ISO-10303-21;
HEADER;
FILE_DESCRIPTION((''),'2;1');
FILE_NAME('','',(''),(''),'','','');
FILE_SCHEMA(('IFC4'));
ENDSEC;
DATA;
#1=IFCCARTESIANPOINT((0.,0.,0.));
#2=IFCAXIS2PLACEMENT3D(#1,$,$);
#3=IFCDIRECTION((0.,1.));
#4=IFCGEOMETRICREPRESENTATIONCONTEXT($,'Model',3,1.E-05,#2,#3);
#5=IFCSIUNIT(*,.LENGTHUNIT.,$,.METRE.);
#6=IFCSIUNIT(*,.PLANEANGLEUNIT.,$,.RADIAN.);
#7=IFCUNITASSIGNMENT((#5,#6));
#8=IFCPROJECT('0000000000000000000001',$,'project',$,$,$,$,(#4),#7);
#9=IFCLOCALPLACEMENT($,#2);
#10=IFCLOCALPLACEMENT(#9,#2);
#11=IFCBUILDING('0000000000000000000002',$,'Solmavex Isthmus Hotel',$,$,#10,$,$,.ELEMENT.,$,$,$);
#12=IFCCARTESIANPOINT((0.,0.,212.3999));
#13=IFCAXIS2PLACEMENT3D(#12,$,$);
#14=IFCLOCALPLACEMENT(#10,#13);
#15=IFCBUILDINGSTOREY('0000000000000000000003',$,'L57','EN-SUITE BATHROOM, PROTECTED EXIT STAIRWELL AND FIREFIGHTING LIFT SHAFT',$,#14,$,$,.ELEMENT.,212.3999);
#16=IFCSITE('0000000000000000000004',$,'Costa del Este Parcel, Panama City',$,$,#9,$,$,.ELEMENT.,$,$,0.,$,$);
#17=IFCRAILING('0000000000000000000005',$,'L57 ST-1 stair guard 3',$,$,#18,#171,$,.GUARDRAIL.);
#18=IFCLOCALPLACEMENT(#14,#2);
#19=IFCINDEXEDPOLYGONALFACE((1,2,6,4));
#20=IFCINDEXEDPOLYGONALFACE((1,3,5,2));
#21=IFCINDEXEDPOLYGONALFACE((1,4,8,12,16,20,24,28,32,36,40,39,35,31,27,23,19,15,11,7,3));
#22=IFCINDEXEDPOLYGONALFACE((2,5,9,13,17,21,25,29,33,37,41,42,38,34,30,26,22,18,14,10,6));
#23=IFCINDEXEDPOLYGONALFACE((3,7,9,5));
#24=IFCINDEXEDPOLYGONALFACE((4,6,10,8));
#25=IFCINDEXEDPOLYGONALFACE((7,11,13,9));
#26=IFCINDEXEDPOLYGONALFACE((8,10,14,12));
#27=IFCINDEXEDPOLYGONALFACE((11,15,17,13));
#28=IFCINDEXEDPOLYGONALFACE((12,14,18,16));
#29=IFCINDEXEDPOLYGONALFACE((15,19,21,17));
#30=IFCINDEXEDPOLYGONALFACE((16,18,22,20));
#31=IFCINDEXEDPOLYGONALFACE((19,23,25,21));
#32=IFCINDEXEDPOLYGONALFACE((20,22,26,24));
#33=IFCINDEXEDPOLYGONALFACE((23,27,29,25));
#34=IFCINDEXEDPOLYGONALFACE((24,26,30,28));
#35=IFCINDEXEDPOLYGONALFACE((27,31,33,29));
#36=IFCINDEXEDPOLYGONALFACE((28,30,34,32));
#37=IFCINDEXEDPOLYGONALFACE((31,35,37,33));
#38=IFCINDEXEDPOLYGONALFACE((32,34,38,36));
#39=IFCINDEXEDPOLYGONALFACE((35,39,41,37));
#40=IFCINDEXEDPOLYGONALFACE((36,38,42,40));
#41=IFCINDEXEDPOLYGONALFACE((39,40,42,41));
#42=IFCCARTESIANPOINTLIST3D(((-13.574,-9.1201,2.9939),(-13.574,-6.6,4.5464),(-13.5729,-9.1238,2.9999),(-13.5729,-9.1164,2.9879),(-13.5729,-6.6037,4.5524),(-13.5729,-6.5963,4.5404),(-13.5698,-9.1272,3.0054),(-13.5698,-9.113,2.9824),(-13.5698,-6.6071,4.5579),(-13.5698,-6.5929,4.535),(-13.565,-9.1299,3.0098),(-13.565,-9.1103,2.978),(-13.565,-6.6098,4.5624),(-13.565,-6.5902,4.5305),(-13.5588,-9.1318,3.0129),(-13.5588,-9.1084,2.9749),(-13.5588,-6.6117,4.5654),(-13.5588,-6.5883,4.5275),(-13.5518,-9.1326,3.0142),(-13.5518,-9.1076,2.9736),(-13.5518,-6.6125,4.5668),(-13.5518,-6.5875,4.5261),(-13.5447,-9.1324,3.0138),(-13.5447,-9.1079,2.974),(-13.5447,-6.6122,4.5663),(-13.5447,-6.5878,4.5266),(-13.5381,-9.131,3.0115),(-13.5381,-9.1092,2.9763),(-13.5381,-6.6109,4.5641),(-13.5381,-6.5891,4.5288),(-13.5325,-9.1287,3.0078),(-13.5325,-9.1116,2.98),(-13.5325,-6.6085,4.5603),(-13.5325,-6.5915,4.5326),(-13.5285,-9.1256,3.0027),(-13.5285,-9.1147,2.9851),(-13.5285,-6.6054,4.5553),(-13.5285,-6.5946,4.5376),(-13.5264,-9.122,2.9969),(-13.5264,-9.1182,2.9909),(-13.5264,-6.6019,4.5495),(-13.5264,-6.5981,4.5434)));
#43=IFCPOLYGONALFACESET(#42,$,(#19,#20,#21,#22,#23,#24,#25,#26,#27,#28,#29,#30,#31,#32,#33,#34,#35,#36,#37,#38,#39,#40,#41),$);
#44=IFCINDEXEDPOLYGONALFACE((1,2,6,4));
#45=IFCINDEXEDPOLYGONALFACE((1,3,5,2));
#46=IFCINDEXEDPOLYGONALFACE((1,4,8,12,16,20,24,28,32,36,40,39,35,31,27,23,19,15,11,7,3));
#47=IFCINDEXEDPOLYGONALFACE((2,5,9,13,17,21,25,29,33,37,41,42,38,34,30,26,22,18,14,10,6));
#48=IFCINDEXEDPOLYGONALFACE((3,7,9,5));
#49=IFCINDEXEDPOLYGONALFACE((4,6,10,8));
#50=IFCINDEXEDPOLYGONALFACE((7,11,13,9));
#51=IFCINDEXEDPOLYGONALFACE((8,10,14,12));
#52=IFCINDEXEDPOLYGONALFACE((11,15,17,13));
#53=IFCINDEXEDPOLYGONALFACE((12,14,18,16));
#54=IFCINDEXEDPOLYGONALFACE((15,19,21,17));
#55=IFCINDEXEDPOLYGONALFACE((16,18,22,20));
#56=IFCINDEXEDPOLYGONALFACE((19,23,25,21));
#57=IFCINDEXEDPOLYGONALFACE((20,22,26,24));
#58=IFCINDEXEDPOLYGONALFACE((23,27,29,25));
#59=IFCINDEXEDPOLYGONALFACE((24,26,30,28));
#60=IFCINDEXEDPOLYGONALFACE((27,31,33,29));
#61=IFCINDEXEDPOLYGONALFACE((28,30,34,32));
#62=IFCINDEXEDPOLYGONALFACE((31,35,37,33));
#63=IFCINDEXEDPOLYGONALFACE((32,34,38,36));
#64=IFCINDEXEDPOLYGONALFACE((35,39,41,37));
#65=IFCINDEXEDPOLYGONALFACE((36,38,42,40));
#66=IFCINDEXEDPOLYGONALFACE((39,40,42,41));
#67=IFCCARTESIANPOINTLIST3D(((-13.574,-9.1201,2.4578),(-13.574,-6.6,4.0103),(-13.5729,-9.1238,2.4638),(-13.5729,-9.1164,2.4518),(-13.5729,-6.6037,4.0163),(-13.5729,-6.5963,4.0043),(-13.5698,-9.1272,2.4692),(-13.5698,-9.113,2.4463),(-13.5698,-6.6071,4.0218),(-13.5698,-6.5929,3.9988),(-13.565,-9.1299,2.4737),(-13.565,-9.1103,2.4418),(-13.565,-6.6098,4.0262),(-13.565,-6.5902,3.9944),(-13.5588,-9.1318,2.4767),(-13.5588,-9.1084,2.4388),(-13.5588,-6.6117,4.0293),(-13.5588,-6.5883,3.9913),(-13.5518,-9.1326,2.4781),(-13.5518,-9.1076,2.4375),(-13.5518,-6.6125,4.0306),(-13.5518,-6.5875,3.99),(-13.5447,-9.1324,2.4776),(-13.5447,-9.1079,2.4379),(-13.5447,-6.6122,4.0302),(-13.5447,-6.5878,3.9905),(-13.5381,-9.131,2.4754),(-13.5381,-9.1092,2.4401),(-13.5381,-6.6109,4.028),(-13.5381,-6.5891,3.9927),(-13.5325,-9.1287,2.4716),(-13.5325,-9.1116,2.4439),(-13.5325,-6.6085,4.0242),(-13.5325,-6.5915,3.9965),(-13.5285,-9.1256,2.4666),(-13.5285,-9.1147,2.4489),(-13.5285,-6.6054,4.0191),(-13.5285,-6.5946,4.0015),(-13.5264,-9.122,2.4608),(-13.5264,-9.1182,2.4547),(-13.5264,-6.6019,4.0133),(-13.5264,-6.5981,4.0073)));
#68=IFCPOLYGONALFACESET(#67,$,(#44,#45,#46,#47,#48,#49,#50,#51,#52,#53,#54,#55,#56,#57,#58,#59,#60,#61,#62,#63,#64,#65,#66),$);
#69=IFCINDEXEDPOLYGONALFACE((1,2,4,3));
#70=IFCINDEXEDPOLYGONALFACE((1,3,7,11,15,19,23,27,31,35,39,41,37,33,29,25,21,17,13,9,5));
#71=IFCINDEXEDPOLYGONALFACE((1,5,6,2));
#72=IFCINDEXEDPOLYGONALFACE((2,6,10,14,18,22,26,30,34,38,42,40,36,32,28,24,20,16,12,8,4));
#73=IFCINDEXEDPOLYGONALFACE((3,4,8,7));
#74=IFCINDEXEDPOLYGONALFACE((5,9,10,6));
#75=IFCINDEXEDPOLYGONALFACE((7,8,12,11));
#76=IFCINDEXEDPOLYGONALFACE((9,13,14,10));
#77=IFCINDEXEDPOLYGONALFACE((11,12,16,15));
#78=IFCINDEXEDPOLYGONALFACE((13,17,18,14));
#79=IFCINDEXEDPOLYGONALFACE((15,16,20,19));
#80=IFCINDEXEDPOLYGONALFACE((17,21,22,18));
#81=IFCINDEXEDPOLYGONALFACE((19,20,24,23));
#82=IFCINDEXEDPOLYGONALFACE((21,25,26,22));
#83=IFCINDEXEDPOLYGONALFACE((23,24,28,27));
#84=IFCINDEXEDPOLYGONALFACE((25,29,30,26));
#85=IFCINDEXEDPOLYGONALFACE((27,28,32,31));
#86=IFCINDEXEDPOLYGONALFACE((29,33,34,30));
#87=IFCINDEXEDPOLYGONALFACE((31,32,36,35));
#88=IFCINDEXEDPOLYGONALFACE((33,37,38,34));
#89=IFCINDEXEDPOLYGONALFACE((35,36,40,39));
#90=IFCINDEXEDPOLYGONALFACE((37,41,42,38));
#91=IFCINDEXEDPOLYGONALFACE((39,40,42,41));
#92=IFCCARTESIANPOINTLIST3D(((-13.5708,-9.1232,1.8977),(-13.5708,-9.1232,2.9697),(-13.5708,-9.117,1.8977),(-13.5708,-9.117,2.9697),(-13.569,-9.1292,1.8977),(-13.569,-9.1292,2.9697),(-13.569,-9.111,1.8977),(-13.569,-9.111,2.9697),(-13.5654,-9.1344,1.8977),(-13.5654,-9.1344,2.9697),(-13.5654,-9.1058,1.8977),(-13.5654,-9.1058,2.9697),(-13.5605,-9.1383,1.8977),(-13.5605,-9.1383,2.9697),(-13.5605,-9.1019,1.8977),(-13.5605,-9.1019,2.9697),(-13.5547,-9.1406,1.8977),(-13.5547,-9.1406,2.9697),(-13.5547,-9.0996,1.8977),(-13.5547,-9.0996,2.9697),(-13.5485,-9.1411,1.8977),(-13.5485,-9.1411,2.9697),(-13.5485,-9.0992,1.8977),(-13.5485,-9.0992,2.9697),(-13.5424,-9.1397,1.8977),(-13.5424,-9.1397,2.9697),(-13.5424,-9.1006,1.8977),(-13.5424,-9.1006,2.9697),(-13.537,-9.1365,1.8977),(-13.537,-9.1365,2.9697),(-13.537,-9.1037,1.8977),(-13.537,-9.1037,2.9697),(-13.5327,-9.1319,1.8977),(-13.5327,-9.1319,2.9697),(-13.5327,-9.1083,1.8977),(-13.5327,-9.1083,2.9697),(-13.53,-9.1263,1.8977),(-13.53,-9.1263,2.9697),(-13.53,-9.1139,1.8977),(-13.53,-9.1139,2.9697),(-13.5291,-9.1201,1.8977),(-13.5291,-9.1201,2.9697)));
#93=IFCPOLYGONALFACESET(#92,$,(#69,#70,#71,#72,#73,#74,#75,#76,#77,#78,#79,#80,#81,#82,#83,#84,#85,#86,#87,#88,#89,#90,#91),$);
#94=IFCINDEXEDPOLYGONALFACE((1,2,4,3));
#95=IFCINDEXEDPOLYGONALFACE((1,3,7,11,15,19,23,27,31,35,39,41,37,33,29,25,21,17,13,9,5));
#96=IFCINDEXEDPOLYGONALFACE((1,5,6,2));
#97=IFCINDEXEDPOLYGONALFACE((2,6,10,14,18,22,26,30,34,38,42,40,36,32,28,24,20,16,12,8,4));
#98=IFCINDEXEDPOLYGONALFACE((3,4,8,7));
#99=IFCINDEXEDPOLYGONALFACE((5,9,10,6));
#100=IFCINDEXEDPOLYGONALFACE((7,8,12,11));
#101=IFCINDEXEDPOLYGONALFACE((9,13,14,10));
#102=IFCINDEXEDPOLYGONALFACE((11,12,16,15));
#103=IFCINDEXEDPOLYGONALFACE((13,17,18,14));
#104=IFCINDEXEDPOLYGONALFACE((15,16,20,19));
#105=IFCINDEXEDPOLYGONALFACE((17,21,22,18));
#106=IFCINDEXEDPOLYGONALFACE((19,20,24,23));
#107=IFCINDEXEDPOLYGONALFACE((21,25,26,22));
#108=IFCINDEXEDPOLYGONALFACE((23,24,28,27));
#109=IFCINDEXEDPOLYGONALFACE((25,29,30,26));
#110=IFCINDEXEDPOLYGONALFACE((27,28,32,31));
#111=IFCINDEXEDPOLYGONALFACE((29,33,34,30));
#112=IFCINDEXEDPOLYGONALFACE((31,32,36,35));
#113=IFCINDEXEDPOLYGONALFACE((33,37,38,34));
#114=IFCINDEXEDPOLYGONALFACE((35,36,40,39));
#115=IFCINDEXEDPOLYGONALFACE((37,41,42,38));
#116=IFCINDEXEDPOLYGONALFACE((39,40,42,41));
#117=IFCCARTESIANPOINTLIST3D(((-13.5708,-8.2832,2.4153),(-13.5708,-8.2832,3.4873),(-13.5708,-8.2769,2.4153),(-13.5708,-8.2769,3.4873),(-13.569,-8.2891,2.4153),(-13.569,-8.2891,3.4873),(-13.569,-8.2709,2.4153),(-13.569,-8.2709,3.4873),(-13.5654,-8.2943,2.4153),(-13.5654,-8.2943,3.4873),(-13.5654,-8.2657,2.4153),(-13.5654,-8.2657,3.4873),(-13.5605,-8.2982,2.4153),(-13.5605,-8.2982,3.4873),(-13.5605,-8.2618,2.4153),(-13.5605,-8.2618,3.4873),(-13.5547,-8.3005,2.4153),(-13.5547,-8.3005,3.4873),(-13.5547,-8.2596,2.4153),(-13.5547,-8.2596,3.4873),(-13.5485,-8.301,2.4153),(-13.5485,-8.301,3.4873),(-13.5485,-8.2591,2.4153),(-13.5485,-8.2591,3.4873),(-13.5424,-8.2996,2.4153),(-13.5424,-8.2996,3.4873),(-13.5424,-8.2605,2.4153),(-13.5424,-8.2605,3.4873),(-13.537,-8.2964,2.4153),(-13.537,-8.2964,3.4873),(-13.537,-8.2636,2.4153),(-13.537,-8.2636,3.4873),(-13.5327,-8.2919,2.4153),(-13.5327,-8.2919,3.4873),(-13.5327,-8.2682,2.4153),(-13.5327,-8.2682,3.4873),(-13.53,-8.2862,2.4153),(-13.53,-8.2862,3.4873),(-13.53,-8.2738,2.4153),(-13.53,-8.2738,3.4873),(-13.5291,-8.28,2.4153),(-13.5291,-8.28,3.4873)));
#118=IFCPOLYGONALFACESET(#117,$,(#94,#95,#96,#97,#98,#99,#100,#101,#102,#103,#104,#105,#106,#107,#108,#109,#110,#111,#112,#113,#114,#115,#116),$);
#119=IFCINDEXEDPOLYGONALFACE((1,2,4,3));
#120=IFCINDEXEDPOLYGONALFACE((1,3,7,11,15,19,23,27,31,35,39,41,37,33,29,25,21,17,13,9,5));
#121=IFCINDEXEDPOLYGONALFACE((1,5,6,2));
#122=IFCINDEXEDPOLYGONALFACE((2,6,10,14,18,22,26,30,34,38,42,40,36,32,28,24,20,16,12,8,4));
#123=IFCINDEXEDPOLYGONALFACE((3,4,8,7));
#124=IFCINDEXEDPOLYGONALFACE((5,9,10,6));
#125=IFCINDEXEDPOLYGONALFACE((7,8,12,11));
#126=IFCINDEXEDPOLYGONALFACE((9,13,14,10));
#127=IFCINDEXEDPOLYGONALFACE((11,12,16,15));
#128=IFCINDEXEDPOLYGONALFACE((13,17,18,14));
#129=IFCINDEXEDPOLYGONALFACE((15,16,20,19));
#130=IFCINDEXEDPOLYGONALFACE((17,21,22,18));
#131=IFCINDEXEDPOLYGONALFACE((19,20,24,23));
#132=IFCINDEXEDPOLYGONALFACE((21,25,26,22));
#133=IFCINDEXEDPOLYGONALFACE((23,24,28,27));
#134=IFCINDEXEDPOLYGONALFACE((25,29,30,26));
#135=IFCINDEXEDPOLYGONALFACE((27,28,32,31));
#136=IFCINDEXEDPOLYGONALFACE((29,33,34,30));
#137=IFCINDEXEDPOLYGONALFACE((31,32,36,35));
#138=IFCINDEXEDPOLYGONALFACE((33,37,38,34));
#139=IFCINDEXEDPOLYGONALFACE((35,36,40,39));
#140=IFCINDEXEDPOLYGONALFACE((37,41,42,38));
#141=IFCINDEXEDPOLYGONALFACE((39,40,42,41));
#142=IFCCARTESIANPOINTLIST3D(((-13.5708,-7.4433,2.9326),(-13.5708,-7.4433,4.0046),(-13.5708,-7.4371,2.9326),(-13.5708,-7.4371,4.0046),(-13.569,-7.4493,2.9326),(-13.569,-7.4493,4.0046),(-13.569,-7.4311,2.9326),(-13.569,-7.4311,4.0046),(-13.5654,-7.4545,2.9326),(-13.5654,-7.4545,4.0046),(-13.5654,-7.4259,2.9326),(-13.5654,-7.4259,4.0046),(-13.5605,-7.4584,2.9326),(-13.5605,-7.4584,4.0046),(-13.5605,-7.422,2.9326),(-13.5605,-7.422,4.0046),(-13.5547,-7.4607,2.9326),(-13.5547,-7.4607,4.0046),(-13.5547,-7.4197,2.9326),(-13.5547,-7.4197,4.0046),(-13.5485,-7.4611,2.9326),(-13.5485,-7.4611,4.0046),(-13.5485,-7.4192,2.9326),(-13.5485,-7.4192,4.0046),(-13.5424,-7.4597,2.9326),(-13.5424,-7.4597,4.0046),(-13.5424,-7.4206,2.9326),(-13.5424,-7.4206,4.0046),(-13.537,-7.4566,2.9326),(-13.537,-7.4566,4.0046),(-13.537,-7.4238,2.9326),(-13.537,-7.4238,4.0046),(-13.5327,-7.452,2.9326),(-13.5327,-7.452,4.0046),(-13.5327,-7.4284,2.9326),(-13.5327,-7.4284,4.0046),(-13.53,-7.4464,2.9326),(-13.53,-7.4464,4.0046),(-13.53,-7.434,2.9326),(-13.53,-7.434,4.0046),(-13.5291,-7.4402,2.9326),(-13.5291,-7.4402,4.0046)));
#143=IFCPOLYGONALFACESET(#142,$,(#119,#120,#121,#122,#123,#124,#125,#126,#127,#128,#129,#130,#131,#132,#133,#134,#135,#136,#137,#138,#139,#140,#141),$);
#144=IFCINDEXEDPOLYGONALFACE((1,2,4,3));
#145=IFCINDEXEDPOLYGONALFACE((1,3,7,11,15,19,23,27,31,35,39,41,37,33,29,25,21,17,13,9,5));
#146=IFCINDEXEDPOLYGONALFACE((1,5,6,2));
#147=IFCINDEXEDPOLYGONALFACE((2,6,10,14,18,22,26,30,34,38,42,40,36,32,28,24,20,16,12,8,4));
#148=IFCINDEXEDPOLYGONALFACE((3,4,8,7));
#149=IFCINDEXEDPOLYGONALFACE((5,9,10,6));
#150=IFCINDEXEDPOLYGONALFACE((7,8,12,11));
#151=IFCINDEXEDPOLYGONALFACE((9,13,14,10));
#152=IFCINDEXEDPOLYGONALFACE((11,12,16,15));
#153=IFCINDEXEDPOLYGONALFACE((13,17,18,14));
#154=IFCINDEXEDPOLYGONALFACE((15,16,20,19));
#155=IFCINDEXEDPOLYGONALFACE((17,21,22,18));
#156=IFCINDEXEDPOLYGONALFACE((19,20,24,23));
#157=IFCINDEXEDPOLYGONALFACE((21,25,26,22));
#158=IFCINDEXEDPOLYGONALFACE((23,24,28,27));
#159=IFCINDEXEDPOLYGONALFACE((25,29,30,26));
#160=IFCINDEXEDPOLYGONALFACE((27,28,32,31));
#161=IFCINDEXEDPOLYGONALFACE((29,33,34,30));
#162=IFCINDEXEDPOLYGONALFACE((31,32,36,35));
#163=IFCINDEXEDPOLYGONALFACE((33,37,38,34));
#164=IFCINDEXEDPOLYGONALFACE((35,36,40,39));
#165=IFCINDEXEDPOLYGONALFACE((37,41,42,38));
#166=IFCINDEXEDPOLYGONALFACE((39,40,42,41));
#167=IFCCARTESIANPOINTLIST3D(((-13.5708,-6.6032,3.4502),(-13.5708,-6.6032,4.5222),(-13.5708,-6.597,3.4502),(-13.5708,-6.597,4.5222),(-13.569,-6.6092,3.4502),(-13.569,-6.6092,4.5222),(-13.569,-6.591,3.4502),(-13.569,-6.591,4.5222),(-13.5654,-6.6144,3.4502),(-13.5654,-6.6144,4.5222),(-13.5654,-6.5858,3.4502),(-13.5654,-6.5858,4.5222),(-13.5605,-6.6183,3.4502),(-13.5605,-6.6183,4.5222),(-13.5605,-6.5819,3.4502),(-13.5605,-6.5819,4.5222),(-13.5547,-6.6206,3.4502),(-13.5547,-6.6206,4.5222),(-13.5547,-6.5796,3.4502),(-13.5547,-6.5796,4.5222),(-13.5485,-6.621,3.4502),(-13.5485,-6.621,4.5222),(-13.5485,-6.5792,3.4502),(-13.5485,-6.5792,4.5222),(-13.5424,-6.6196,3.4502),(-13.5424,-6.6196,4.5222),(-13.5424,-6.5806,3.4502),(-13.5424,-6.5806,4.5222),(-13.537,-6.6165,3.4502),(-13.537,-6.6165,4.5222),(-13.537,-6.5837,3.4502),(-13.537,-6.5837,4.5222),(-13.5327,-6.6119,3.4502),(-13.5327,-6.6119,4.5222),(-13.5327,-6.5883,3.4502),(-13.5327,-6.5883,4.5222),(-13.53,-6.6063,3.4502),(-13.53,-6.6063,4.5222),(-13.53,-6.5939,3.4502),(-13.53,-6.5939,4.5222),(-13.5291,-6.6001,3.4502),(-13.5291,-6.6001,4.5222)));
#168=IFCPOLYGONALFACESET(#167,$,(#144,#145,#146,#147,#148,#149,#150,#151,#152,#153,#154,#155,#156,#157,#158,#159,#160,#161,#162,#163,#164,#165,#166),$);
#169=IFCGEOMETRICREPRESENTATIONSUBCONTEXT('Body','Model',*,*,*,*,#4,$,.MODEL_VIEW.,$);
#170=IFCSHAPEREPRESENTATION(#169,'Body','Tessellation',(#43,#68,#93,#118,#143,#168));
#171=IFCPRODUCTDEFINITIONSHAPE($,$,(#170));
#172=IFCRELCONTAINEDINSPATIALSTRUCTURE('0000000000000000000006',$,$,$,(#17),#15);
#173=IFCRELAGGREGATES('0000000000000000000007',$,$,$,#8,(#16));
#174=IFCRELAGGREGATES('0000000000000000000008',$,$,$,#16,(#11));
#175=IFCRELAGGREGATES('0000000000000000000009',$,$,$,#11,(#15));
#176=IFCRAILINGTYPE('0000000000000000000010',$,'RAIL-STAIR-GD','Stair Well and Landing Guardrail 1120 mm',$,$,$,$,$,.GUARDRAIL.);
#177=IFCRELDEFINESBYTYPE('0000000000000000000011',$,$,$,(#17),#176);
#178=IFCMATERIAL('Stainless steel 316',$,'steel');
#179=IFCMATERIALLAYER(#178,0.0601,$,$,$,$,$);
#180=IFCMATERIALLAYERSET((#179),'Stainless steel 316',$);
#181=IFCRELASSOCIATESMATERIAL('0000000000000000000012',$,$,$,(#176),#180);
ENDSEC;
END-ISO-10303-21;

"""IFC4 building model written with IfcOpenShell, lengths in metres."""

from ifc_helpers import new_model, si_unit, direction, frame, origin, origin_2d, place, context, subcontext, project, spatial, circle, extrude, material, layer, layer_set, type_object, element, save


model = new_model("IFC4")

# Units and contexts
model_context = context("Model", 3, precision=1e-05, world=origin(), true_north=direction((0.0, 1.0)))
body_context = subcontext(model_context, "Body", "Model", "MODEL_VIEW")
ifc_project = project(units=[si_unit("LENGTHUNIT", "METRE"), si_unit("PLANEANGLEUNIT", "RADIAN")], contexts=[model_context])

# Site, building, storey
site_placement = place(None, origin())
site = spatial("IfcSite", under=ifc_project, at=site_placement, Name="Costa del Este Parcel, Panama City", CompositionType="ELEMENT", RefElevation=0.0)
building_placement = place(site_placement, origin())
building = spatial("IfcBuilding", under=site, at=building_placement, Name="Solmavex Isthmus Hotel", CompositionType="ELEMENT")
storey_placement = place(building_placement, frame((0.0, 0.0, 212.3999)))
storey = spatial("IfcBuildingStorey", under=building, at=storey_placement, Name="L57", Description="EN-SUITE BATHROOM, PROTECTED EXIT STAIRWELL AND FIREFIGHTING LIFT SHAFT", CompositionType="ELEMENT", Elevation=212.3999)

# Railing
ifc_material_1 = material(Name="Stainless steel 316", Category="steel")
ifc_layer_1 = layer(ifc_material_1, 0.0601)
ifc_layer_set_1 = layer_set([ifc_layer_1], Name="Stainless steel 316")
railing_type_1 = type_object("IfcRailingType", Name="RAIL-STAIR-GD", Description="Stair Well and Landing Guardrail 1120 mm", PredefinedType="GUARDRAIL", material=ifc_layer_set_1)
railing_1_placement = place(storey_placement, frame((-13.55, -9.1201, 1.8977)))
element("IfcRailing", 1, at=railing_1_placement, inside=storey, type_object=railing_type_1, Name="L57 ST-1 stair guard 3", PredefinedType="GUARDRAIL", context=body_context, shape_type="SweptSolid", body=[
    extrude(circle(Radius=0.0239, at=origin_2d()), frame((0.0, 0.0, 1.0962), z_axis=(0.0, 0.8514, 0.524516), x_axis=(-1.0, 0.0, 0.0)), (0.0, 0.0, 1.0), 2.96),
    extrude(circle(Radius=0.0239, at=origin_2d()), frame((0.0, 0.0, 0.5601), z_axis=(0.0, 0.8514, 0.524516), x_axis=(-1.0, 0.0, 0.0)), (0.0, 0.0, 1.0), 2.96),
    extrude(circle(Radius=0.021, at=origin_2d()), origin(), (0.0, 0.0, 1.0), 1.072),
    extrude(circle(Radius=0.021, at=origin_2d()), frame((0.0, 0.8401, 0.5176)), (0.0, 0.0, 1.0), 1.072),
    extrude(circle(Radius=0.021, at=origin_2d()), frame((0.0, 1.6799, 1.0349)), (0.0, 0.0, 1.0), 1.072),
    extrude(circle(Radius=0.021, at=origin_2d()), frame((0.0, 2.52, 1.5525)), (0.0, 0.0, 1.0), 1.072),
])

save(model, "model.ifc")
